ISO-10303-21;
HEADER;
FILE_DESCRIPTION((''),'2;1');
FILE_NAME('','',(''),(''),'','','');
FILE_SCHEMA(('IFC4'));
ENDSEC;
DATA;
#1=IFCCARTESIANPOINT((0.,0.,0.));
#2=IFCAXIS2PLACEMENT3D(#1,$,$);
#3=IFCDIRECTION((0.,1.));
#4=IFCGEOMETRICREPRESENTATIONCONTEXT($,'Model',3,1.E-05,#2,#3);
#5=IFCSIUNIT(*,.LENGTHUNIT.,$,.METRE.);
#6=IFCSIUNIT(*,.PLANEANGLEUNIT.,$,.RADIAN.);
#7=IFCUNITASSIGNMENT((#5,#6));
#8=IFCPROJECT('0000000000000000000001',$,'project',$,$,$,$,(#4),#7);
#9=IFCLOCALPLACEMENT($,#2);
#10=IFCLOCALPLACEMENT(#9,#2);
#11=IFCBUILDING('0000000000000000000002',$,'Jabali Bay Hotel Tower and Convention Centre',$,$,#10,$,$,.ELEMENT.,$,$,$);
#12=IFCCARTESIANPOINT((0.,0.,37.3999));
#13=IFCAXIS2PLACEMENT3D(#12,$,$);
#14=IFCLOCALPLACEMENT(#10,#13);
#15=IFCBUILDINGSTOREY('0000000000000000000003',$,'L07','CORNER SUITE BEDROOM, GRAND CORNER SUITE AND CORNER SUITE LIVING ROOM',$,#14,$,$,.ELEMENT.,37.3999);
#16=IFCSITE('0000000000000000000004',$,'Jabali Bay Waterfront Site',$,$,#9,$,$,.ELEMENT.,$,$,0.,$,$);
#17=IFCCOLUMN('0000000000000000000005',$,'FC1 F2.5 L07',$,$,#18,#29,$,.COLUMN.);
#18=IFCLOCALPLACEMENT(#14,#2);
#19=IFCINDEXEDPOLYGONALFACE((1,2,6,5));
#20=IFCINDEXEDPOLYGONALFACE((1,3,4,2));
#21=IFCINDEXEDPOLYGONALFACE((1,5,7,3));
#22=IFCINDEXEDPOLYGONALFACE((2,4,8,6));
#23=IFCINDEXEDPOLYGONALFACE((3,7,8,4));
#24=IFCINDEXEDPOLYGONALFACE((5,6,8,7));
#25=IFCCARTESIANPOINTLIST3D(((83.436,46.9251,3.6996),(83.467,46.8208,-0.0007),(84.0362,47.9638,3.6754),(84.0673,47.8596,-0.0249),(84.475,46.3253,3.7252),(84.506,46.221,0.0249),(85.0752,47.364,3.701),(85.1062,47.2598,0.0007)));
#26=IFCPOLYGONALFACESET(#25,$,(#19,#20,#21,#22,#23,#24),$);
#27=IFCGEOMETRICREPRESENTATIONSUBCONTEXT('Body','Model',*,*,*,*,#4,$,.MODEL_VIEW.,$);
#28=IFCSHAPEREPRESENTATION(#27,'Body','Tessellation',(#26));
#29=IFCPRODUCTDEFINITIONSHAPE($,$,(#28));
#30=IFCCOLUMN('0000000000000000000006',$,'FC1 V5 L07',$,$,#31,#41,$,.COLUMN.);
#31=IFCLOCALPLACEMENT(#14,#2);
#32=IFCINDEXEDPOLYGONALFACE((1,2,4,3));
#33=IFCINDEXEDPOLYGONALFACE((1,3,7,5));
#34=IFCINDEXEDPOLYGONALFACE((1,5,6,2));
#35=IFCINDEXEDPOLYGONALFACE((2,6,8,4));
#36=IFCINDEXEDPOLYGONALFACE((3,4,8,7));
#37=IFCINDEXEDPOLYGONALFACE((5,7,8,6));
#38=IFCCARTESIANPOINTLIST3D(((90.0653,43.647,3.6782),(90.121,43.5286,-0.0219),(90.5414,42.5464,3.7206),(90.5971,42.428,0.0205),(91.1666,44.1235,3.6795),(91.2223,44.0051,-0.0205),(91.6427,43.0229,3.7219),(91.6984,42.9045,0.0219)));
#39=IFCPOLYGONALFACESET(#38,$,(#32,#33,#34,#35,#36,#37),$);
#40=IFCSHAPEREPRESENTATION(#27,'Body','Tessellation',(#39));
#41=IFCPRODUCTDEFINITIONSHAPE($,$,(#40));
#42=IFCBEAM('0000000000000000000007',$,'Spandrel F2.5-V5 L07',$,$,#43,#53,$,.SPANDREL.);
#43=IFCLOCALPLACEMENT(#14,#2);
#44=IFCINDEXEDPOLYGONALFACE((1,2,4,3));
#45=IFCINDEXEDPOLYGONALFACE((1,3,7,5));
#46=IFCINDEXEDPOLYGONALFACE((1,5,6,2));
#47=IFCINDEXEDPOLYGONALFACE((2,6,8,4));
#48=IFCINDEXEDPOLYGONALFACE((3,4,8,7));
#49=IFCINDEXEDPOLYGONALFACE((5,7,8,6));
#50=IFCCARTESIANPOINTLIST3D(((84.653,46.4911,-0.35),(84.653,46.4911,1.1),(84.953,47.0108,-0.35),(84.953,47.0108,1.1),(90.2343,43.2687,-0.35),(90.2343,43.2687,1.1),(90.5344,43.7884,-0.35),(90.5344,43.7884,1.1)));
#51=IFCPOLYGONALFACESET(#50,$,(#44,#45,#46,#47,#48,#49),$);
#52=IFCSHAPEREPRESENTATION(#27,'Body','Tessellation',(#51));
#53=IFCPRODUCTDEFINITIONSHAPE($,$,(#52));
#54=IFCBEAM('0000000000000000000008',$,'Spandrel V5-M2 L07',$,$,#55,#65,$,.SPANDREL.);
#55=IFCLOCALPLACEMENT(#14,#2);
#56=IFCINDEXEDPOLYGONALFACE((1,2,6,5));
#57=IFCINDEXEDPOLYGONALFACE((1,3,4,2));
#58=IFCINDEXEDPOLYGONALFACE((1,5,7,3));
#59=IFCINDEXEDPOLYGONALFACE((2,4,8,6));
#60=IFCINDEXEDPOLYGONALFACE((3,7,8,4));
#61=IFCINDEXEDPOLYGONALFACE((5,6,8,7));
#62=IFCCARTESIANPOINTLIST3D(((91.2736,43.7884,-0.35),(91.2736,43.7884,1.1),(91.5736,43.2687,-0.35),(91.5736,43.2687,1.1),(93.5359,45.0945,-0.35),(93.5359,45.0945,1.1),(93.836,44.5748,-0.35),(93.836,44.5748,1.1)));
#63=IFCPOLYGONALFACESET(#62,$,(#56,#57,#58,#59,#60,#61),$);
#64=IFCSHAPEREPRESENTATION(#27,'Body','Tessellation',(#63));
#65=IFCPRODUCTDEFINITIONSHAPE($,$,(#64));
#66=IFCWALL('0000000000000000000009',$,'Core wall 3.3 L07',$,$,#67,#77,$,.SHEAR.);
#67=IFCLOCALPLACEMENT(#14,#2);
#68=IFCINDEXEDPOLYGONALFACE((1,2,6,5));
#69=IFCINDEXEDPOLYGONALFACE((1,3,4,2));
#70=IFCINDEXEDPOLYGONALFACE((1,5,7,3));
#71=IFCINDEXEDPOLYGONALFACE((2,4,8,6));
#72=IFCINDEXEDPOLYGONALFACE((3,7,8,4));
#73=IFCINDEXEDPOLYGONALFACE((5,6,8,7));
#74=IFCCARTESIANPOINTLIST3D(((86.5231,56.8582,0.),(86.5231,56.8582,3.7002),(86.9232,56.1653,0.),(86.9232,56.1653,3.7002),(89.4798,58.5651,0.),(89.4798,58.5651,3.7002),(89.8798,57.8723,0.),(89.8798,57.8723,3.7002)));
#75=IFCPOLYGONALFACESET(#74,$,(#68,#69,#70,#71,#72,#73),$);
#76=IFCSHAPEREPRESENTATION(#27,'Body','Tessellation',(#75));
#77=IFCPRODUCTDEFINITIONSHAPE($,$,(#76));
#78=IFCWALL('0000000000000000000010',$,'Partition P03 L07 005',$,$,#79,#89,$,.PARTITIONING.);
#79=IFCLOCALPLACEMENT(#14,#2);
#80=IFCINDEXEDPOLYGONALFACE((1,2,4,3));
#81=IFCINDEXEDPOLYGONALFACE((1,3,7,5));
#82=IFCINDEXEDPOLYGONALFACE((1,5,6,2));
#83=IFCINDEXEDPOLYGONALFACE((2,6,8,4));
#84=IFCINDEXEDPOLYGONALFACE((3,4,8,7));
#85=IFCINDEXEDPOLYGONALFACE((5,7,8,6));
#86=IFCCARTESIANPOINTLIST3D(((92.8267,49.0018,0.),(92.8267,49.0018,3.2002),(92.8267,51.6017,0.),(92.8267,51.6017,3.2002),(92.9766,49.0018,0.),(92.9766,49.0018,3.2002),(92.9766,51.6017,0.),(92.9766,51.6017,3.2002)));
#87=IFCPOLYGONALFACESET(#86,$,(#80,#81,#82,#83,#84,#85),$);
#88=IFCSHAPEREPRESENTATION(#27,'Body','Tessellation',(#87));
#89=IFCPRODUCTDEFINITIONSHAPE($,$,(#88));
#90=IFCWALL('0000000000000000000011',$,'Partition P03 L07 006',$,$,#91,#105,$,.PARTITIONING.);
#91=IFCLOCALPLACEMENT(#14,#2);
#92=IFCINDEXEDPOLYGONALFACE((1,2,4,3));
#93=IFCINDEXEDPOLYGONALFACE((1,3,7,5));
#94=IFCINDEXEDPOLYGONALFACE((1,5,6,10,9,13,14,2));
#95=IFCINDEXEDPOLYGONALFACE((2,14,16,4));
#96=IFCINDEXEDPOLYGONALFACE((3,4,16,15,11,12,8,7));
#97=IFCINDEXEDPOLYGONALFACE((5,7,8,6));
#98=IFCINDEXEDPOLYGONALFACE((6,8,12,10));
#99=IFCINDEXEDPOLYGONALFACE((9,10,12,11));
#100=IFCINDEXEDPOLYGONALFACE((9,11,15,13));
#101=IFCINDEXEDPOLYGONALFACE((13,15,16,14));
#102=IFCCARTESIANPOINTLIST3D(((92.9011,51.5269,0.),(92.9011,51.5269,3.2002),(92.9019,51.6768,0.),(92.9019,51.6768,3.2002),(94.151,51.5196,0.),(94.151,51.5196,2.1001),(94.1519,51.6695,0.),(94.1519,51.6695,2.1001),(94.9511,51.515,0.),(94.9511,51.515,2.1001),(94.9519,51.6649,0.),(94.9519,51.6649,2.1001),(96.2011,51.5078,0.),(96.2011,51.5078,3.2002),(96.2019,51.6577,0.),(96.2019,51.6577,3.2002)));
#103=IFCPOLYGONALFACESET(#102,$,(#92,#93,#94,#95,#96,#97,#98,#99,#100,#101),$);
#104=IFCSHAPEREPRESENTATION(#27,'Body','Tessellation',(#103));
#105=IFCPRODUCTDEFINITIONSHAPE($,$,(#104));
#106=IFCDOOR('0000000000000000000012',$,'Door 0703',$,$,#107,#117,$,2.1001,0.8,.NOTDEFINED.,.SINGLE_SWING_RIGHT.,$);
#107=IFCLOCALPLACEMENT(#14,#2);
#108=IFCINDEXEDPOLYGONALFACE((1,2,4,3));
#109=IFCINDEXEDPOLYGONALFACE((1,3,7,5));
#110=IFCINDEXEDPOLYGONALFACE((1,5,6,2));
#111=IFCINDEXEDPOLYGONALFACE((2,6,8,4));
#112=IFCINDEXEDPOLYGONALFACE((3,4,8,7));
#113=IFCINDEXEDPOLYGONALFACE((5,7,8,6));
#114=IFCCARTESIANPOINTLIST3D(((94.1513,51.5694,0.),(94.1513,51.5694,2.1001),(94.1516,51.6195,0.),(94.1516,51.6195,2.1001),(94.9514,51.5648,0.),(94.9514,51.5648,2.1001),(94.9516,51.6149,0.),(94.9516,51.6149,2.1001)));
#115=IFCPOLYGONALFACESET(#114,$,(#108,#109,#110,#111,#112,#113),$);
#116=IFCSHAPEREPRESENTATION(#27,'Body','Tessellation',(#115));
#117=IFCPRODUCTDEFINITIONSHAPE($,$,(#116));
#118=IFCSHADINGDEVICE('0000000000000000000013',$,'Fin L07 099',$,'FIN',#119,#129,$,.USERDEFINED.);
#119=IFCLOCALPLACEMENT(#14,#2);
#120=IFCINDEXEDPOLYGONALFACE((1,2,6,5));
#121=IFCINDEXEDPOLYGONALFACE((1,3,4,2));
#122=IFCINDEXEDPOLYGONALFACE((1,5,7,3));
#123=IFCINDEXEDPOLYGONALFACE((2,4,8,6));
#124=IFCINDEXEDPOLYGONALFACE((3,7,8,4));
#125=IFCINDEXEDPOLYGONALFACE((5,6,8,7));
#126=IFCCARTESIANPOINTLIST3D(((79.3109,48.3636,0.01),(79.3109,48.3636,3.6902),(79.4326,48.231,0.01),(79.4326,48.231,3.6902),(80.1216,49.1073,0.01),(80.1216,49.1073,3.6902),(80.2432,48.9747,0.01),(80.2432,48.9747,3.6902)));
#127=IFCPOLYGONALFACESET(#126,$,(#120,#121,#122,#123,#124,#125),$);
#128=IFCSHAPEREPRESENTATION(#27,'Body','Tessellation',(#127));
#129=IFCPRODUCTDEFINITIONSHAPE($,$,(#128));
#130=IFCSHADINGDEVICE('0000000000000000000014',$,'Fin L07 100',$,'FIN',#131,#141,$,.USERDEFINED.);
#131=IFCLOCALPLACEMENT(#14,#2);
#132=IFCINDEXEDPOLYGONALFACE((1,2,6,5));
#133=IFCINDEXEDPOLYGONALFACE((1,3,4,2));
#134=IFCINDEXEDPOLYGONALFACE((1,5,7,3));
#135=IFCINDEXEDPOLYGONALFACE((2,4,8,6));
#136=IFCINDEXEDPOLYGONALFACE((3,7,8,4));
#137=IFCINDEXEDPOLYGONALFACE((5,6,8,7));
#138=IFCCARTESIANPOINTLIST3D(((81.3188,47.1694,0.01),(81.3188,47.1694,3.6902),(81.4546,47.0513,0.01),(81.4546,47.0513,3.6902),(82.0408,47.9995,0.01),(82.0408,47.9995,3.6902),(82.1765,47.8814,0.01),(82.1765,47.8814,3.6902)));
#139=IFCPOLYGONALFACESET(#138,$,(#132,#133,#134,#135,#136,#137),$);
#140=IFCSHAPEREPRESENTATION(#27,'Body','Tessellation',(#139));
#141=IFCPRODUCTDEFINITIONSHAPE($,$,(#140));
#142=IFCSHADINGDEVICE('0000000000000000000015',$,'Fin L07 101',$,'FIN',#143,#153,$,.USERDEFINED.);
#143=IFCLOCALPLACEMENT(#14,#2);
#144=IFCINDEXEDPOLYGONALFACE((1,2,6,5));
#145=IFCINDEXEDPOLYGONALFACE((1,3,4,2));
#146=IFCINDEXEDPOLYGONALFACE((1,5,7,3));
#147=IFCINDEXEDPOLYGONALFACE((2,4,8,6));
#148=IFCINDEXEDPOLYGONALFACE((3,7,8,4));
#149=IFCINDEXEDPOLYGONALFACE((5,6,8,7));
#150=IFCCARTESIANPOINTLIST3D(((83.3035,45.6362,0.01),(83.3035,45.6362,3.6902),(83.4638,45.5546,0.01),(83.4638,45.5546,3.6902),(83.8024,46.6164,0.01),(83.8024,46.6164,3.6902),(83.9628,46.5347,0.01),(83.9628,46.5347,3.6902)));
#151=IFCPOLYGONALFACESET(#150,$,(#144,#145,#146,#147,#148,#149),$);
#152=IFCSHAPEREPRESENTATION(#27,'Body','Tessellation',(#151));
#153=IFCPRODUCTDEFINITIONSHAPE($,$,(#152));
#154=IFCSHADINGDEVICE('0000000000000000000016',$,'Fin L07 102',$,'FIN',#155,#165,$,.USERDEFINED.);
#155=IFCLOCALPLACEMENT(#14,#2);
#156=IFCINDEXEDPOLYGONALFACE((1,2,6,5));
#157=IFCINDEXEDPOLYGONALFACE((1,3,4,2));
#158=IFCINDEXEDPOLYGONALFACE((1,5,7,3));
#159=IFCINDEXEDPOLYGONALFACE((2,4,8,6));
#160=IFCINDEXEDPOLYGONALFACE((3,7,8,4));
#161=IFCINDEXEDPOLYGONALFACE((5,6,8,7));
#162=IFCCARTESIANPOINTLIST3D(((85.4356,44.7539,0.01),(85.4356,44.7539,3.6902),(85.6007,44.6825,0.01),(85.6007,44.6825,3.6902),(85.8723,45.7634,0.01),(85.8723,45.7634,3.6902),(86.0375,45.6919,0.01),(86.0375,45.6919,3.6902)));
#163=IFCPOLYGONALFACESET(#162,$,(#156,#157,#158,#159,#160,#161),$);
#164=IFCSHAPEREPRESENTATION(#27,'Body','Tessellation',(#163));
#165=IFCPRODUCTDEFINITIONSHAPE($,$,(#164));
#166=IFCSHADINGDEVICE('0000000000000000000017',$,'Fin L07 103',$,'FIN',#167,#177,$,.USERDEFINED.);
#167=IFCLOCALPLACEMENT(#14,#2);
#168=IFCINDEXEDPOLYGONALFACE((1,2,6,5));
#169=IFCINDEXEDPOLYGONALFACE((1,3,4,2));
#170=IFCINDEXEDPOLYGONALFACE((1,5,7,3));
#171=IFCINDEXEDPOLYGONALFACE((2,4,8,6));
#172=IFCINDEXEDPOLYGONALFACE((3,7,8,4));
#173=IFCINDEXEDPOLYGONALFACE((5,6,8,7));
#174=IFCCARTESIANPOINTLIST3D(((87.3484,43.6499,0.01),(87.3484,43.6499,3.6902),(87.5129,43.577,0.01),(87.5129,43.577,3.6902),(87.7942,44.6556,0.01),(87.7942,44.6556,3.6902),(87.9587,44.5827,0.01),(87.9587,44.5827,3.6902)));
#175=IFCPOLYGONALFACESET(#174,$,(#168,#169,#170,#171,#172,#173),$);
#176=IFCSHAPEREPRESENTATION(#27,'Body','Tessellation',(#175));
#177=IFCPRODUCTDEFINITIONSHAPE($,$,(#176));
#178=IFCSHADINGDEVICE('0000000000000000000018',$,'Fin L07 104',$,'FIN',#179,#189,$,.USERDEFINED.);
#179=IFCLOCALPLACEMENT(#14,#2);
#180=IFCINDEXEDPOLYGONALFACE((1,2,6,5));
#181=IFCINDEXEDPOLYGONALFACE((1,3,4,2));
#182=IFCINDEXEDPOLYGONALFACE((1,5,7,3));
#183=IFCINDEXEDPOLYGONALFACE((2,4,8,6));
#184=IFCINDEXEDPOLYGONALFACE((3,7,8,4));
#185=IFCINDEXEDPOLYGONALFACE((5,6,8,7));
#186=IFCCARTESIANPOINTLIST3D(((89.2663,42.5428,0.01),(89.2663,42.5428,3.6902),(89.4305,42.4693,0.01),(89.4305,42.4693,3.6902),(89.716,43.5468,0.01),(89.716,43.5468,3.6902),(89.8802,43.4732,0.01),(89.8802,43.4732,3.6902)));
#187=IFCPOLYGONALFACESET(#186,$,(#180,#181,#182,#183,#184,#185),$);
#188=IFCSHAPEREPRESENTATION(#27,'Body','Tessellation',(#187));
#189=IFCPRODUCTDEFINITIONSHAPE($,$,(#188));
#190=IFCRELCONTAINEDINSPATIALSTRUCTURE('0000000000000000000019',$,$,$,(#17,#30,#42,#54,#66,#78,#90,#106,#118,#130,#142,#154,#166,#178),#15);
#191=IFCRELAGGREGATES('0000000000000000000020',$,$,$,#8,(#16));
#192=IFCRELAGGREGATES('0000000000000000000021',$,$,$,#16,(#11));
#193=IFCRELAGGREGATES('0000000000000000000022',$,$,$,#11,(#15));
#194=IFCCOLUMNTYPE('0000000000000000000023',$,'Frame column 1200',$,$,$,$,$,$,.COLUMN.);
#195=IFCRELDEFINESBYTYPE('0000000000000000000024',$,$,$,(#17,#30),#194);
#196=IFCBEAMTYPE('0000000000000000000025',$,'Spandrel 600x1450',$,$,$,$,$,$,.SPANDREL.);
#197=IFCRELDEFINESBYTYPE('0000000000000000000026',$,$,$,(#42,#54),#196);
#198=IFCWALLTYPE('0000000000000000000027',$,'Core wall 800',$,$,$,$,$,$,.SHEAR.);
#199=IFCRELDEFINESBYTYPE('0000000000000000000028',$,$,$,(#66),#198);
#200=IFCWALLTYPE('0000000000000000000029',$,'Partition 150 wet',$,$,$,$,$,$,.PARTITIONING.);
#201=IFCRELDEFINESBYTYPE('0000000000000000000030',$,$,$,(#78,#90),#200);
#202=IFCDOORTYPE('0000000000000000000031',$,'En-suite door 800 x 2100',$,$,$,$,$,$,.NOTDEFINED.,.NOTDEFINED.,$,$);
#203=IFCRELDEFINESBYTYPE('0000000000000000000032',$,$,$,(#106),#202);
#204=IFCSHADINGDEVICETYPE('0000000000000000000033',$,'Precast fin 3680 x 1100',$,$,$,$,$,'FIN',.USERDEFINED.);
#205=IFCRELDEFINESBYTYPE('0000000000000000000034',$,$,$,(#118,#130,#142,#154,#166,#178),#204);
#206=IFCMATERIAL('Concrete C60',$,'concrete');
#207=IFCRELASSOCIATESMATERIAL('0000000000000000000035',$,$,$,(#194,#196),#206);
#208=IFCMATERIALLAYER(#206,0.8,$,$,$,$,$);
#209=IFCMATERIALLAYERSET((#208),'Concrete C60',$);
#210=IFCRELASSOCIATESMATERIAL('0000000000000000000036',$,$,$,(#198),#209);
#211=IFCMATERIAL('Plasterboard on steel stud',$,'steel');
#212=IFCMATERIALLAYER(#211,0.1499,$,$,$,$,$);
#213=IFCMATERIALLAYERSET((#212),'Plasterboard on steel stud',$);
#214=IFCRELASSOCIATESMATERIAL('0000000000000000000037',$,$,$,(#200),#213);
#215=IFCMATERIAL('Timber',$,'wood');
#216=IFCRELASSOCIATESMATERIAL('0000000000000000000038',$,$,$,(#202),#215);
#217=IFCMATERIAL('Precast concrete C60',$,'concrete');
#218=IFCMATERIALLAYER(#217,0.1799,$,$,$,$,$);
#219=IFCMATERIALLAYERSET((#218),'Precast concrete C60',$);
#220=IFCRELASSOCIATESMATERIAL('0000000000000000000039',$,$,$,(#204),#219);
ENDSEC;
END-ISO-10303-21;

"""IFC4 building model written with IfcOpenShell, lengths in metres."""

from ifc_helpers import new_model, si_unit, direction, frame, frame_2d, origin, origin_2d, place, context, subcontext, project, spatial, rectangle, extrude, material, layer, layer_set, material_profile, profile_set, type_object, element, fill, save


model = new_model("IFC4")

# Units and contexts
model_context = context("Model", 3, precision=1e-05, world=origin(), true_north=direction((0.0, 1.0)))
body_context = subcontext(model_context, "Body", "Model", "MODEL_VIEW")
ifc_project = project(units=[si_unit("LENGTHUNIT", "METRE"), si_unit("PLANEANGLEUNIT", "RADIAN")], contexts=[model_context])

# Site, building, storey
site_placement = place(None, origin())
site = spatial("IfcSite", under=ifc_project, at=site_placement, Name="Jabali Bay Waterfront Site", CompositionType="ELEMENT", RefElevation=0.0)
building_placement = place(site_placement, origin())
building = spatial("IfcBuilding", under=site, at=building_placement, Name="Jabali Bay Hotel Tower and Convention Centre", CompositionType="ELEMENT")
storey_placement = place(building_placement, frame((0.0, 0.0, 37.3999)))
storey = spatial("IfcBuildingStorey", under=building, at=storey_placement, Name="L07", Description="CORNER SUITE BEDROOM, GRAND CORNER SUITE AND CORNER SUITE LIVING ROOM", CompositionType="ELEMENT", Elevation=37.3999)

# Columns
ifc_material_1 = material(Name="Concrete C60", Category="concrete")
ifc_material_profile_1 = material_profile(ifc_material_1, rectangle(XDim=1.2, YDim=1.2, at=origin_2d()), Name="Frame column 1200")
ifc_profile_set_1 = profile_set([ifc_material_profile_1], Name="Concrete C60")
column_type = type_object("IfcColumnType", Name="Frame column 1200", PredefinedType="COLUMN", material=ifc_profile_set_1)
column_1_placement = place(storey_placement, frame((84.2866, 47.0403, 0.0), z_axis=(-0.008376, 0.028161, 0.999568), x_axis=(-0.50023, -0.865657, 0.020197)))
element("IfcColumn", 1, at=column_1_placement, inside=storey, type_object=column_type, Name="FC1 F2.5 L07", PredefinedType="COLUMN", context=body_context, shape_type="SweptSolid", body=[
    extrude(rectangle(XDim=1.2, YDim=1.2, at=origin_2d()), origin(), (0.0, 0.0, 1.0), 3.7019),
])
column_2_placement = place(storey_placement, frame((90.9097, 43.2166, 0.0), z_axis=(-0.015034, 0.031981, 0.999375), x_axis=(0.396782, -0.917233, 0.035321)))
element("IfcColumn", 2, at=column_2_placement, inside=storey, type_object=column_type, Name="FC1 V5 L07", PredefinedType="COLUMN", context=body_context, shape_type="SweptSolid", body=[
    extrude(rectangle(XDim=1.2, YDim=1.2, at=origin_2d()), origin(), (0.0, 0.0, 1.0), 3.7024),
])

# Beams
ifc_material_profile_2 = material_profile(ifc_material_1, rectangle(XDim=0.6001, YDim=1.45, at=origin_2d()), Name="Spandrel 600x1450")
ifc_profile_set_2 = profile_set([ifc_material_profile_2], Name="Concrete C60")
beam_type = type_object("IfcBeamType", Name="Spandrel 600x1450", PredefinedType="SPANDREL", material=ifc_profile_set_2)
beam_1_placement = place(storey_placement, frame((84.803, 46.751, 0.375), z_axis=(0.866022, -0.500006, 0.0), x_axis=(0.500006, 0.866022, 0.0)))
element("IfcBeam", 3, at=beam_1_placement, inside=storey, type_object=beam_type, Name="Spandrel F2.5-V5 L07", PredefinedType="SPANDREL", context=body_context, shape_type="SweptSolid", body=[
    extrude(rectangle(XDim=0.6001, YDim=1.45, at=origin_2d()), origin(), (0.0, 0.0, 1.0), 6.4448),
])
beam_2_placement = place(storey_placement, frame((91.4236, 43.5286, 0.375), z_axis=(0.866038, 0.499979, 0.0), x_axis=(-0.499979, 0.866038, 0.0)))
element("IfcBeam", 4, at=beam_2_placement, inside=storey, type_object=beam_type, Name="Spandrel V5-M2 L07", PredefinedType="SPANDREL", context=body_context, shape_type="SweptSolid", body=[
    extrude(rectangle(XDim=0.6001, YDim=1.45, at=origin_2d()), origin(), (0.0, 0.0, 1.0), 2.6123),
])

# Wall
ifc_layer_1 = layer(ifc_material_1, 0.8)
ifc_layer_set_1 = layer_set([ifc_layer_1], Name="Concrete C60")
wall_type_1 = type_object("IfcWallType", Name="Core wall 800", PredefinedType="SHEAR", material=ifc_layer_set_1)
wall_1_placement = place(storey_placement, frame((86.7231, 56.5117, 0.0), z_axis=(0.0, 0.0, 1.0), x_axis=(0.866034, 0.499984, 0.0)))
element("IfcWall", 5, at=wall_1_placement, inside=storey, type_object=wall_type_1, Name="Core wall 3.3 L07", PredefinedType="SHEAR", context=body_context, shape_type="SweptSolid", body=[
    extrude(rectangle(XDim=3.4141, YDim=0.8, at=frame_2d((1.707, 0.0))), origin(), (0.0, 0.0, 1.0), 3.7002),
])

# Wall
ifc_material_2 = material(Name="Plasterboard on steel stud", Category="steel")
ifc_layer_2 = layer(ifc_material_2, 0.1499)
ifc_layer_set_2 = layer_set([ifc_layer_2], Name="Plasterboard on steel stud")
wall_type_2 = type_object("IfcWallType", Name="Partition 150 wet", PredefinedType="PARTITIONING", material=ifc_layer_set_2)
wall_2_placement = place(storey_placement, frame((92.9016, 49.002, 0.0), z_axis=(0.0, 0.0, 1.0), x_axis=(0.0, 1.0, 0.0)))
element("IfcWall", 6, at=wall_2_placement, inside=storey, type_object=wall_type_2, Name="Partition P03 L07 005", PredefinedType="PARTITIONING", context=body_context, shape_type="SweptSolid", body=[
    extrude(rectangle(XDim=2.5999, YDim=0.1499, at=frame_2d((1.2998, 0.0))), origin(), (0.0, 0.0, 1.0), 3.2002),
])

# Wall, opening, door
wall_3_placement = place(storey_placement, frame((92.9016, 51.6018, 0.0), z_axis=(0.0, 0.0, 1.0), x_axis=(0.999983, -0.00577, 0.0)))
wall_3 = element("IfcWall", 7, at=wall_3_placement, inside=storey, type_object=wall_type_2, Name="Partition P03 L07 006", PredefinedType="PARTITIONING", context=body_context, shape_type="SweptSolid", body=[
    extrude(rectangle(XDim=3.3, YDim=0.1499, at=frame_2d((1.6499, 0.0))), origin(), (0.0, 0.0, 1.0), 3.2002),
])
opening_1_placement = place(wall_3_placement, frame((1.25, 0.0, 0.0)))
opening_1 = element("IfcOpeningElement", 8, at=opening_1_placement, cuts=wall_3, PredefinedType="OPENING", context=body_context, shape_type="SweptSolid", body=[
    extrude(rectangle(XDim=0.8, YDim=2.1001, at=frame_2d((0.3999, 1.05))), frame((0.0, 0.0854, 0.0), z_axis=(0.0, -1.0, 0.0), x_axis=(1.0, 0.0, 0.0)), (0.0, 0.0, 1.0), 0.1709),
])
ifc_material_3 = material(Name="Timber", Category="wood")
door_type_1 = type_object("IfcDoorType", Name="En-suite door 800 x 2100", OperationType="NOTDEFINED", PredefinedType="NOTDEFINED", material=ifc_material_3)
door_1_placement = place(opening_1_placement, origin())
door_1 = element("IfcDoor", 9, at=door_1_placement, inside=storey, type_object=door_type_1, Name="Door 0703", OperationType="SINGLE_SWING_RIGHT", OverallHeight=2.1001, OverallWidth=0.8, PredefinedType="NOTDEFINED", context=body_context, shape_type="SweptSolid", body=[
    extrude(rectangle(XDim=0.8, YDim=2.1001, at=frame_2d((0.3999, 1.05))), frame((0.0, 0.0249, 0.0), z_axis=(0.0, -1.0, 0.0), x_axis=(1.0, 0.0, 0.0)), (0.0, 0.0, 1.0), 0.05),
])
fill(opening_1, door_1)

# Shading devices
ifc_material_4 = material(Name="Precast concrete C60", Category="concrete")
ifc_layer_3 = layer(ifc_material_4, 0.1799)
ifc_layer_set_3 = layer_set([ifc_layer_3], Name="Precast concrete C60")
shading_device_type_1 = type_object("IfcShadingDeviceType", Name="Precast fin 3680 x 1100", ElementType="FIN", PredefinedType="USERDEFINED", material=ifc_layer_set_3)
for number, where, z_axis, x_axis, name in (
    (10, (80.1824, 49.041, 0.01), (0.0, 0.0, 1.0), (-0.736859, -0.676046, 0.0), "Fin L07 099"),
    (11, (82.1086, 47.9404, 0.01), (0.0, 0.0, 1.0), (-0.656239, -0.754553, 0.0), "Fin L07 100"),
):
    element("IfcShadingDevice", number, at=place(storey_placement, frame(where, z_axis=z_axis, x_axis=x_axis)), inside=storey, type_object=shading_device_type_1, Name=name, ObjectType="FIN", PredefinedType="USERDEFINED", context=body_context, shape_type="SweptSolid", body=[
        extrude(rectangle(XDim=1.1001, YDim=0.1799, at=frame_2d((0.55, 0.0))), origin(), (0.0, 0.0, 1.0), 3.6802),
    ])
for number, where, z_axis, x_axis, name in (
    (12, (83.8826, 46.5754, 0.01), (0.0, 0.0, 1.0), (-0.453683, -0.891163, 0.0), "Fin L07 101"),
    (13, (85.9548, 45.7275, 0.01), (0.0, 0.0, 1.0), (-0.397078, -0.917785, 0.0), "Fin L07 102"),
):
    element("IfcShadingDevice", number, at=place(storey_placement, frame(where, z_axis=z_axis, x_axis=x_axis)), inside=storey, type_object=shading_device_type_1, Name=name, ObjectType="FIN", PredefinedType="USERDEFINED", context=body_context, shape_type="SweptSolid", body=[
        extrude(rectangle(XDim=1.0999, YDim=0.1799, at=frame_2d((0.5498, 0.0))), origin(), (0.0, 0.0, 1.0), 3.6802),
    ])
for number, where, z_axis, x_axis, name in (
    (14, (87.8765, 44.6191, 0.01), (0.0, 0.0, 1.0), (-0.405273, -0.914196, 0.0), "Fin L07 103"),
    (15, (89.7981, 43.51, 0.01), (0.0, 0.0, 1.0), (-0.408814, -0.912618, 0.0), "Fin L07 104"),
):
    element("IfcShadingDevice", number, at=place(storey_placement, frame(where, z_axis=z_axis, x_axis=x_axis)), inside=storey, type_object=shading_device_type_1, Name=name, ObjectType="FIN", PredefinedType="USERDEFINED", context=body_context, shape_type="SweptSolid", body=[
        extrude(rectangle(XDim=1.1001, YDim=0.1799, at=frame_2d((0.55, 0.0))), origin(), (0.0, 0.0, 1.0), 3.6802),
    ])

save(model, "model.ifc")
